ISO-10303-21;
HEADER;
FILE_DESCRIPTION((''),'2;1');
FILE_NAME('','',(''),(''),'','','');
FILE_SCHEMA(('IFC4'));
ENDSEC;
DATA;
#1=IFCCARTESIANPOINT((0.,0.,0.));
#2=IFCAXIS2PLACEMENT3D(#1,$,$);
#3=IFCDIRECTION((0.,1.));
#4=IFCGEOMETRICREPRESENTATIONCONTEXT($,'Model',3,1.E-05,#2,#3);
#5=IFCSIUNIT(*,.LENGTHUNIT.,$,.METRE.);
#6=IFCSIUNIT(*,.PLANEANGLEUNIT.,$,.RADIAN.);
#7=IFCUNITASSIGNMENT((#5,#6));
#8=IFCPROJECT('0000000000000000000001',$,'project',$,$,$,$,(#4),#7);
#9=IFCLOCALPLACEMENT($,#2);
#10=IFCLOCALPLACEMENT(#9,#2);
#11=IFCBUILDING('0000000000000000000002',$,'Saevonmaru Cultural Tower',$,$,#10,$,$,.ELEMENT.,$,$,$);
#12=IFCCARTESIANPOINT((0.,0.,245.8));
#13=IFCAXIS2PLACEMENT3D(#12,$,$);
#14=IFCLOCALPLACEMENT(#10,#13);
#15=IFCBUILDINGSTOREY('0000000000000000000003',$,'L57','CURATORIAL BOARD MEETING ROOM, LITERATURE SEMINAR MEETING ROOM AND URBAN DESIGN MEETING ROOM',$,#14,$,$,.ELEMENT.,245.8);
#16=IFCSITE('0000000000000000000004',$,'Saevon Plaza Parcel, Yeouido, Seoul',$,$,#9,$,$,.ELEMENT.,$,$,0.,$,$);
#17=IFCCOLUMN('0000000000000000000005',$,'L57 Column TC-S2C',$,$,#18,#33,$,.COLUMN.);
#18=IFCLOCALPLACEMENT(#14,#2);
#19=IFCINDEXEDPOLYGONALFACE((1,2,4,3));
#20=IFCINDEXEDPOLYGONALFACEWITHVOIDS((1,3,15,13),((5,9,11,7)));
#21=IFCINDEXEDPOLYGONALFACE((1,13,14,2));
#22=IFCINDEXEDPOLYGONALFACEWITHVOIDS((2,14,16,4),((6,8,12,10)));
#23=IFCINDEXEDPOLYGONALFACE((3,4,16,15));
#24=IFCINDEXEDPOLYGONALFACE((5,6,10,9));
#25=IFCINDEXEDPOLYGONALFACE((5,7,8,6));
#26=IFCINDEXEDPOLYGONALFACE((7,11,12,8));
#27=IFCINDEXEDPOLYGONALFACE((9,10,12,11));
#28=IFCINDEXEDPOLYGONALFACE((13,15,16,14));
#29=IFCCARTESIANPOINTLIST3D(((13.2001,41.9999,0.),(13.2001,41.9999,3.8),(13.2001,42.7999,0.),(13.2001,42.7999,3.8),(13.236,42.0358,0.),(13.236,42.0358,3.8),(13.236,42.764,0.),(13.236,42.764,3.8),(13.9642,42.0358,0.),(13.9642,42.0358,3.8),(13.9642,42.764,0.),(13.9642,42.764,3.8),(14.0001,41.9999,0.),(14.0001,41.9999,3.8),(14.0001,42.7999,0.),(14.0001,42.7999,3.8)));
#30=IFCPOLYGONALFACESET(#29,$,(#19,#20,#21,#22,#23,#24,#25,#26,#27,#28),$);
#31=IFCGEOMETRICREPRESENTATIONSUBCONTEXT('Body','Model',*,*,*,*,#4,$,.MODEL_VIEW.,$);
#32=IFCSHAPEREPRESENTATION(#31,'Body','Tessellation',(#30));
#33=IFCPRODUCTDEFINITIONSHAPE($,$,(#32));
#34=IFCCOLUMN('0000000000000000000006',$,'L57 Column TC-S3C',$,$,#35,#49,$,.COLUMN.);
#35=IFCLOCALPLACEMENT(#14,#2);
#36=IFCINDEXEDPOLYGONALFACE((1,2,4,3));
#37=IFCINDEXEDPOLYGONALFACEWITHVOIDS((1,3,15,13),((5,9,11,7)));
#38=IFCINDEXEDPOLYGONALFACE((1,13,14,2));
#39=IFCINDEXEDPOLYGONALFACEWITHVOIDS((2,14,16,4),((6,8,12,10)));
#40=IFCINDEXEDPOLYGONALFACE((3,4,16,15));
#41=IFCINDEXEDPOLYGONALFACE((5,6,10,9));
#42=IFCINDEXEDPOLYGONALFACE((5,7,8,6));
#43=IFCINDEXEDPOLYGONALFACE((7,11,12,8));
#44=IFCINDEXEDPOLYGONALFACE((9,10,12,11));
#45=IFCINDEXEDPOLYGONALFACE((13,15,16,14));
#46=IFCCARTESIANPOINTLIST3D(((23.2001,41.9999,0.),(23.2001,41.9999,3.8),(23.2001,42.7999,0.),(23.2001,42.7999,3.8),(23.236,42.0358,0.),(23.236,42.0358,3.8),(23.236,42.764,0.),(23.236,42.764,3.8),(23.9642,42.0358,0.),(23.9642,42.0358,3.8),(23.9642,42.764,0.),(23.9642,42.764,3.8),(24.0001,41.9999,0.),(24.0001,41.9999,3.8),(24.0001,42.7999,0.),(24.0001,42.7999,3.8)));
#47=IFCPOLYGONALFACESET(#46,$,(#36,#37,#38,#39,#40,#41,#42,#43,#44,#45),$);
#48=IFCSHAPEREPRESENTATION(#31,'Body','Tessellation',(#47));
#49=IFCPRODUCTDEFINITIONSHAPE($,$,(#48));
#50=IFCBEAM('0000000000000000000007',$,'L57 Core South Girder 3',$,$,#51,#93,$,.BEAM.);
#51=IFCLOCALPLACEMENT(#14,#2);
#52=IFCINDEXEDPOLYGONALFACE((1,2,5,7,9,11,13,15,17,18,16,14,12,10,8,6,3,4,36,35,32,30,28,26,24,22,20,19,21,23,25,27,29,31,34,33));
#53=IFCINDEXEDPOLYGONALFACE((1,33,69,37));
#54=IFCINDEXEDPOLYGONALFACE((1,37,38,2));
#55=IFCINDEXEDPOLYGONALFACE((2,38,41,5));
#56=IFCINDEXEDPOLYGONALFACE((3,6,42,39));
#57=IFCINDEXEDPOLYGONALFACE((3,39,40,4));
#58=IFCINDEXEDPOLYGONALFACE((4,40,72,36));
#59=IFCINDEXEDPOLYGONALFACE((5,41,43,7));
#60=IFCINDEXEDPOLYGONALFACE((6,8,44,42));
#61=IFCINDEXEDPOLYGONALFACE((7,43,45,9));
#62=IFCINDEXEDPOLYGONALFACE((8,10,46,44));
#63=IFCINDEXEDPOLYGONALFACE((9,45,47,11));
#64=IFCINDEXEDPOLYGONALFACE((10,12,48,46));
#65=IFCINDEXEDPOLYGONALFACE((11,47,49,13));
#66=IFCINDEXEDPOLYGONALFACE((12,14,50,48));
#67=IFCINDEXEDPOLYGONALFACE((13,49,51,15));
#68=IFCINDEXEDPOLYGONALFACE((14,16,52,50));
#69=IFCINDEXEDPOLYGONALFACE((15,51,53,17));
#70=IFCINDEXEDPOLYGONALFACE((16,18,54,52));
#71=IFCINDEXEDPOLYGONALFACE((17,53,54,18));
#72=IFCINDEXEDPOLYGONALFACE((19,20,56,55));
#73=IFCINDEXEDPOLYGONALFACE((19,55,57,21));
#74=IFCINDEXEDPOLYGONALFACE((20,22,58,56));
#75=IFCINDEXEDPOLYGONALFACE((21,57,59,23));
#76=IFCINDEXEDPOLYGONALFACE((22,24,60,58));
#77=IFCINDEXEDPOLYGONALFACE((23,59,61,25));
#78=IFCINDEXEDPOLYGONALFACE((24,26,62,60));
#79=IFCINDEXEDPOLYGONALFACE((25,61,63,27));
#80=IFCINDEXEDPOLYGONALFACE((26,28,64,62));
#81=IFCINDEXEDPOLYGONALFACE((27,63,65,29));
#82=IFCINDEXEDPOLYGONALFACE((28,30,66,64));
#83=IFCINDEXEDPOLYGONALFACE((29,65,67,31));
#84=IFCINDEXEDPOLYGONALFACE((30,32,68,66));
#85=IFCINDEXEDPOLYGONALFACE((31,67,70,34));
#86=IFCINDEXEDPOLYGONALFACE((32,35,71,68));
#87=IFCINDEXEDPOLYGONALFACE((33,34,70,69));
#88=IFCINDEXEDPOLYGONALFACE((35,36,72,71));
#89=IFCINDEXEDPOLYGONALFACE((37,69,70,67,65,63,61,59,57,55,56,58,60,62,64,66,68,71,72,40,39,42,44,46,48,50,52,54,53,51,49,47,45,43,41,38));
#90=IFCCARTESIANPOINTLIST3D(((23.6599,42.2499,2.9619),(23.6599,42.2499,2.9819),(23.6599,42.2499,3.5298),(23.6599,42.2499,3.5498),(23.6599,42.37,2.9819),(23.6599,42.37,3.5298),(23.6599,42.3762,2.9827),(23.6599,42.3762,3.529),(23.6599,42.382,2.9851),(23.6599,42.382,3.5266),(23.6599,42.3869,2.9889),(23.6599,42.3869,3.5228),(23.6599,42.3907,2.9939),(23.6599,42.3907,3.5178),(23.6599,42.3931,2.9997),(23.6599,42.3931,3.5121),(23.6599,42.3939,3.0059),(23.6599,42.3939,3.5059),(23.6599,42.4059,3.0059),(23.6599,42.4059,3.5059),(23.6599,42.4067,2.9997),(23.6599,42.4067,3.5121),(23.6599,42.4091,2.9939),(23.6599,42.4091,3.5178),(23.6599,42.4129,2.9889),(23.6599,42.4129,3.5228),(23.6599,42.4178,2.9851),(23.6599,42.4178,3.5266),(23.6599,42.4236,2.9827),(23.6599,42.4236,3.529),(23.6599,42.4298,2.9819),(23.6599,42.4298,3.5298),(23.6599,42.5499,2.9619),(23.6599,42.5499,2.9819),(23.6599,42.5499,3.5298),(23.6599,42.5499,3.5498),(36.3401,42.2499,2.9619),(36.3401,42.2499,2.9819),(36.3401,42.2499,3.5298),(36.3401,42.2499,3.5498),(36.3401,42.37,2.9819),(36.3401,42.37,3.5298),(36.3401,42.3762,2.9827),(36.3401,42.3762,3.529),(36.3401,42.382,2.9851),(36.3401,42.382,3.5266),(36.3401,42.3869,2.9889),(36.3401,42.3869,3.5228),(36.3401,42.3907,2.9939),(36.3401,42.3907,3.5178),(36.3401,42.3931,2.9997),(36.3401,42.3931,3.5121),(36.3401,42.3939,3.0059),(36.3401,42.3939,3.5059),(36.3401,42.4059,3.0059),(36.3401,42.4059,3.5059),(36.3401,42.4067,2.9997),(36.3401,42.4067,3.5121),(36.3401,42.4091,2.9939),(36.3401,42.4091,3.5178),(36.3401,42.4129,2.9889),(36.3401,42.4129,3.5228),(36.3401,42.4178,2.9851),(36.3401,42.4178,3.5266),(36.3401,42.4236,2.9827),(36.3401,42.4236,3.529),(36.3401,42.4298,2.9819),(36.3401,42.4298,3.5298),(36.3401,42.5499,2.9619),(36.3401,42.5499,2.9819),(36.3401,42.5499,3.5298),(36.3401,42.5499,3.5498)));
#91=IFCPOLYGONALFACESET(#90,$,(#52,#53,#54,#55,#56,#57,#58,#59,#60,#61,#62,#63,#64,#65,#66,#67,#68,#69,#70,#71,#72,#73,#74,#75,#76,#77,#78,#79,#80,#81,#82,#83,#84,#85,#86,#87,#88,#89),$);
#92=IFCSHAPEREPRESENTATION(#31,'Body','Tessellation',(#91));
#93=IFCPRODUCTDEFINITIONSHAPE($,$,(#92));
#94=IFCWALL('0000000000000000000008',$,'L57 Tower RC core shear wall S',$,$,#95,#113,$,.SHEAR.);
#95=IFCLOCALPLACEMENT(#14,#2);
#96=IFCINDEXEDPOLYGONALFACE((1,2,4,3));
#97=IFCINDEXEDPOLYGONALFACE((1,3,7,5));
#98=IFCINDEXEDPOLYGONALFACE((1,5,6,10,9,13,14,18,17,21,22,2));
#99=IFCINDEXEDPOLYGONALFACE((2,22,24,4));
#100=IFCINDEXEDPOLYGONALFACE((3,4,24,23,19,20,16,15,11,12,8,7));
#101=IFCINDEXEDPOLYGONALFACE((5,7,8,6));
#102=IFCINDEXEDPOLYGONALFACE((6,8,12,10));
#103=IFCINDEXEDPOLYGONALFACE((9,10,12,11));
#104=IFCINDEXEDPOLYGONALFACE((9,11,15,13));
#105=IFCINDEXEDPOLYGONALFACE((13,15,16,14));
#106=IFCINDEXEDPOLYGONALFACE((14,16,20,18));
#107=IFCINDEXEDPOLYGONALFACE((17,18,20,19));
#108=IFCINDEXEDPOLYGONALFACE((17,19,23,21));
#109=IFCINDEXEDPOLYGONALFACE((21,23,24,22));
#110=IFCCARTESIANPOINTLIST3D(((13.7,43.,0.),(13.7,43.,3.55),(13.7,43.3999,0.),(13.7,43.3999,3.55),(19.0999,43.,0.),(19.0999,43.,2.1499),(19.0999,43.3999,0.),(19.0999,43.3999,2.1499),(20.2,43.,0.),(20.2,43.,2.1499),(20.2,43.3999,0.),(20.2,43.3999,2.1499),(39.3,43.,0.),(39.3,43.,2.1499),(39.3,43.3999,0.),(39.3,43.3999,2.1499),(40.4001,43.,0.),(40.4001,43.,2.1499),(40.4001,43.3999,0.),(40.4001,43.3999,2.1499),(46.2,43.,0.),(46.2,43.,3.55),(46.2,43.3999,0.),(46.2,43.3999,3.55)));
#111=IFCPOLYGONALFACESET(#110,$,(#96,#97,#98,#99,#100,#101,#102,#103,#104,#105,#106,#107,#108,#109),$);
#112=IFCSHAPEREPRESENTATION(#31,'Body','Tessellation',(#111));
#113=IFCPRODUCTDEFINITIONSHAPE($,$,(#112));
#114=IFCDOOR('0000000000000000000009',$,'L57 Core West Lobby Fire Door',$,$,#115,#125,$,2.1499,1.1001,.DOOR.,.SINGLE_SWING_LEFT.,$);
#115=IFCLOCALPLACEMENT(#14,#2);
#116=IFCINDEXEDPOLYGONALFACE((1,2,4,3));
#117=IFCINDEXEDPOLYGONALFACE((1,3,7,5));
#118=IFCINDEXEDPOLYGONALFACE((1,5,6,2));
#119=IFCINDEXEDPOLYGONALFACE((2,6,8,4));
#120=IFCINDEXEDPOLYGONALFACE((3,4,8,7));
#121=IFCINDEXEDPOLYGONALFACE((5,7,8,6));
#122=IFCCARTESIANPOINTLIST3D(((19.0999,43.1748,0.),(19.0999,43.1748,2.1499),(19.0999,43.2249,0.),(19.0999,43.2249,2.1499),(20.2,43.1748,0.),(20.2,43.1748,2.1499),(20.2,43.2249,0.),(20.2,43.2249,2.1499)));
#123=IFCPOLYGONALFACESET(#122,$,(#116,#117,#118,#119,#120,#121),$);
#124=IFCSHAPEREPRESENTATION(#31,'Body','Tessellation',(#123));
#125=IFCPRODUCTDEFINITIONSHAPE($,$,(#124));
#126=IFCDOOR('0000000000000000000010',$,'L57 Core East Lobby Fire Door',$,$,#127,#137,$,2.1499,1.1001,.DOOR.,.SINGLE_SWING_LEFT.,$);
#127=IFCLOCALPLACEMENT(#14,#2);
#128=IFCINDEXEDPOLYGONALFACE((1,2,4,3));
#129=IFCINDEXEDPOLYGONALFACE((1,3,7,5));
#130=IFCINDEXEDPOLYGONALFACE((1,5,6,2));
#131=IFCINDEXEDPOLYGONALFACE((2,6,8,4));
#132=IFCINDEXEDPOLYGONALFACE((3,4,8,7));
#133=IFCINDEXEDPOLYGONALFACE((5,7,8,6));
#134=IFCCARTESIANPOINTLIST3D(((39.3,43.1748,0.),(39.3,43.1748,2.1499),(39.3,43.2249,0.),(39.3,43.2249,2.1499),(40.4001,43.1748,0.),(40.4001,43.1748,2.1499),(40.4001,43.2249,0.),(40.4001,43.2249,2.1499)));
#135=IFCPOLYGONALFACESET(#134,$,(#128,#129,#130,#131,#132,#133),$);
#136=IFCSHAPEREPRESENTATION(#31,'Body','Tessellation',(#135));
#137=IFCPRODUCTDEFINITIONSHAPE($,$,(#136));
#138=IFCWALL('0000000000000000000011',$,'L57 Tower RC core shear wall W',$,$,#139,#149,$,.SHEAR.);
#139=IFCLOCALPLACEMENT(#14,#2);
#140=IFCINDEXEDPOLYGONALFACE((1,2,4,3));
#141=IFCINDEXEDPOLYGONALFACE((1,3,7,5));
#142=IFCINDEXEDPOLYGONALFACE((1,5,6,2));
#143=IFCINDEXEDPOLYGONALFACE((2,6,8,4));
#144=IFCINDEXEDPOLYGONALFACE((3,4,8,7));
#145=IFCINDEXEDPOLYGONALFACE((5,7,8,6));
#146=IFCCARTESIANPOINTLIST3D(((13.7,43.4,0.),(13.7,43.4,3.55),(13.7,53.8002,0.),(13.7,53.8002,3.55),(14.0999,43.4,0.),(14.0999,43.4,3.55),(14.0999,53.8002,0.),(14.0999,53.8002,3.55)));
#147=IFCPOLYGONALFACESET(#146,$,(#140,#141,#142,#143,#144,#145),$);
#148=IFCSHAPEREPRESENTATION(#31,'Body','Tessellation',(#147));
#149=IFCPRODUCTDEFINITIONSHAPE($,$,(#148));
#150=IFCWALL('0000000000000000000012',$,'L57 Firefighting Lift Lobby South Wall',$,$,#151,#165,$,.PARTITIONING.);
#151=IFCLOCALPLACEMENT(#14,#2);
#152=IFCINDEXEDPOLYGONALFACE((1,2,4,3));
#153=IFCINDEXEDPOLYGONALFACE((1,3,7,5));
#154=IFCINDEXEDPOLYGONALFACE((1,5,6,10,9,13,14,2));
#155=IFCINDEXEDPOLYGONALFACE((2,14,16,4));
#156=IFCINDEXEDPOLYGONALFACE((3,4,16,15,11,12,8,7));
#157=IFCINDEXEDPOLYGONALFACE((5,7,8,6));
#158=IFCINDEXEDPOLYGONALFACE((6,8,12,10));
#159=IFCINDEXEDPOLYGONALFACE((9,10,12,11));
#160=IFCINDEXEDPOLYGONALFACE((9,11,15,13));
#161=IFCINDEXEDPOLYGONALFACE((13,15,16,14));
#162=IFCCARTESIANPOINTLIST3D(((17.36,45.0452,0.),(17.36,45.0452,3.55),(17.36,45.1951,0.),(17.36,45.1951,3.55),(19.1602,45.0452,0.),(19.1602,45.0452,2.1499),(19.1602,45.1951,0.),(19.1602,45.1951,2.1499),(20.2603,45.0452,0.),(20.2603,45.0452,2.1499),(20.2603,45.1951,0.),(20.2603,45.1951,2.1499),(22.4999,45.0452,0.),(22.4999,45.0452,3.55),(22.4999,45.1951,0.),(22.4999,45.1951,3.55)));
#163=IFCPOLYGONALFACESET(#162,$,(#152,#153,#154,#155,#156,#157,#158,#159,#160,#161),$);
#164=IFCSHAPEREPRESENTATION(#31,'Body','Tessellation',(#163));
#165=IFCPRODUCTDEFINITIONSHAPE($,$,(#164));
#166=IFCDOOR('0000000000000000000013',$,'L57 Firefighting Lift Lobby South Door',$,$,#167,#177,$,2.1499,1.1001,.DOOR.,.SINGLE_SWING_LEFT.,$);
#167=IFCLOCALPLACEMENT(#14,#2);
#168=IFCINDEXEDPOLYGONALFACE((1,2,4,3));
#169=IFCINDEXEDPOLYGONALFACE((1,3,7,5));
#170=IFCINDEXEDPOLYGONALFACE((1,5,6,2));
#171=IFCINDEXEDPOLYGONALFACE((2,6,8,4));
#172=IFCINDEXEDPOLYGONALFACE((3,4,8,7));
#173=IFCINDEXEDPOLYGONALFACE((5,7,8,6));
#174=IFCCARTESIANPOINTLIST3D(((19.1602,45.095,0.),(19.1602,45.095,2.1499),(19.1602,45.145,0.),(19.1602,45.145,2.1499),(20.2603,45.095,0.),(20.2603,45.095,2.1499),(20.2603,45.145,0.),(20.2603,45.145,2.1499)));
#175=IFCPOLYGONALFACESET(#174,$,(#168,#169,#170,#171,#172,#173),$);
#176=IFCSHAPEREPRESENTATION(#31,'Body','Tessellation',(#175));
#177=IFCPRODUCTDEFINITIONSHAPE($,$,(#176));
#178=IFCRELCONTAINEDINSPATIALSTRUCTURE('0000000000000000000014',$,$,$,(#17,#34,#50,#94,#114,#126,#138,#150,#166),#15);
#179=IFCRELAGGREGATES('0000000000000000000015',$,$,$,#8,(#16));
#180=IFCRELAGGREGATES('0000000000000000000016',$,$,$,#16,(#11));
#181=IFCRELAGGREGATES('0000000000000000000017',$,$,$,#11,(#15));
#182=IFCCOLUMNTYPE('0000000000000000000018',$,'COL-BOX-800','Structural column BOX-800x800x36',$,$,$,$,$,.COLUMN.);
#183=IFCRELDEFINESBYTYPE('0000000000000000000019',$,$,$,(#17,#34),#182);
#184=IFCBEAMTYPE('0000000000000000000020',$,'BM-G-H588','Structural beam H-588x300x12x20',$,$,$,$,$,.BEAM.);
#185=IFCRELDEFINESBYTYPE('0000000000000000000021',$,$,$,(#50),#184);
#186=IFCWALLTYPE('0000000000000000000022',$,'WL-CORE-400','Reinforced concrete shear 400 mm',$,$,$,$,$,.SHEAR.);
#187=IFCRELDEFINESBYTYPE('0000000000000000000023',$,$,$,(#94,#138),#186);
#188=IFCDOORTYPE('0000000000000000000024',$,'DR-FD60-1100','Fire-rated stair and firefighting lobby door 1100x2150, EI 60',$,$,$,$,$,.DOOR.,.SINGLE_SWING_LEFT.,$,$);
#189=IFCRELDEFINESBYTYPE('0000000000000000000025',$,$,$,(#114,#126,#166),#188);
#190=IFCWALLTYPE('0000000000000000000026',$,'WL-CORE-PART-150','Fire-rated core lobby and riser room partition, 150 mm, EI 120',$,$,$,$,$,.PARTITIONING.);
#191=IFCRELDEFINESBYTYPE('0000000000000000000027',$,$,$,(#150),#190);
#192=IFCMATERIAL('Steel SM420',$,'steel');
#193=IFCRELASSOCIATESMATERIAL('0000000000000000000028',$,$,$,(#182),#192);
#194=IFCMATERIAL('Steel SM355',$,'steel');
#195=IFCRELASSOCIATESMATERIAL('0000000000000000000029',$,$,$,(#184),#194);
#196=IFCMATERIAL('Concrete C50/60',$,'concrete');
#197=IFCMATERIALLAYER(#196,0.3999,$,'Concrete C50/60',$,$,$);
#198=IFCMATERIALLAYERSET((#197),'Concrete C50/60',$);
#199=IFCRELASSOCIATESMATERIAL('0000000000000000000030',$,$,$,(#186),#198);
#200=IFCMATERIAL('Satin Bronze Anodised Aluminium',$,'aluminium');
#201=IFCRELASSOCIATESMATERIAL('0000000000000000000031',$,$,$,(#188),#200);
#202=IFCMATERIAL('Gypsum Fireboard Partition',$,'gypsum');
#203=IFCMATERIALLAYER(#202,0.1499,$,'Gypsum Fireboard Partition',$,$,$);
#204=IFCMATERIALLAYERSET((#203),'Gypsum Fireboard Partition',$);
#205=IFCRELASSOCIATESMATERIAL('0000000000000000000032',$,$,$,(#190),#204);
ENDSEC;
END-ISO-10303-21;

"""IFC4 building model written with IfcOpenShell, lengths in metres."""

from ifc_helpers import new_model, si_unit, direction, frame, frame_2d, origin, origin_2d, place, context, subcontext, project, spatial, rectangle, hollow_rectangle, i_section, extrude, material, layer, layer_set, material_profile, profile_set, type_object, element, fill, save


model = new_model("IFC4")

# Units and contexts
model_context = context("Model", 3, precision=1e-05, world=origin(), true_north=direction((0.0, 1.0)))
body_context = subcontext(model_context, "Body", "Model", "MODEL_VIEW")
ifc_project = project(units=[si_unit("LENGTHUNIT", "METRE"), si_unit("PLANEANGLEUNIT", "RADIAN")], contexts=[model_context])

# Site, building, storey
site_placement = place(None, origin())
site = spatial("IfcSite", under=ifc_project, at=site_placement, Name="Saevon Plaza Parcel, Yeouido, Seoul", CompositionType="ELEMENT", RefElevation=0.0)
building_placement = place(site_placement, origin())
building = spatial("IfcBuilding", under=site, at=building_placement, Name="Saevonmaru Cultural Tower", CompositionType="ELEMENT")
storey_placement = place(building_placement, frame((0.0, 0.0, 245.8)))
storey = spatial("IfcBuildingStorey", under=building, at=storey_placement, Name="L57", Description="CURATORIAL BOARD MEETING ROOM, LITERATURE SEMINAR MEETING ROOM AND URBAN DESIGN MEETING ROOM", CompositionType="ELEMENT", Elevation=245.8)

# Columns
ifc_material_1 = material(Name="Steel SM420", Category="steel")
ifc_material_profile_1 = material_profile(ifc_material_1, hollow_rectangle(XDim=0.8, YDim=0.8, WallThickness=0.0359, at=origin_2d()), Name="BOX-800x800x36")
ifc_profile_set_1 = profile_set([ifc_material_profile_1], Name="Steel SM420")
column_type = type_object("IfcColumnType", Name="COL-BOX-800", Description="Structural column BOX-800x800x36", PredefinedType="COLUMN", material=ifc_profile_set_1)
for number, where, z_axis, x_axis, name in (
    (1, (13.6001, 42.3999, 0.0), (0.0, 0.0, 1.0), (1.0, 0.0, 0.0), "L57 Column TC-S2C"),
    (2, (23.6001, 42.3999, 0.0), (0.0, 0.0, 1.0), (1.0, 0.0, 0.0), "L57 Column TC-S3C"),
):
    element("IfcColumn", number, at=place(storey_placement, frame(where, z_axis=z_axis, x_axis=x_axis)), inside=storey, type_object=column_type, Name=name, PredefinedType="COLUMN", context=body_context, shape_type="SweptSolid", body=[
        extrude(hollow_rectangle(XDim=0.8, YDim=0.8, WallThickness=0.0359, at=origin_2d()), origin(), (0.0, 0.0, 1.0), 3.8),
    ])

# Beam
ifc_material_2 = material(Name="Steel SM355", Category="steel")
ifc_material_profile_2 = material_profile(ifc_material_2, i_section(OverallWidth=0.3, OverallDepth=0.5879, WebThickness=0.012, FlangeThickness=0.02, FilletRadius=0.0239, at=origin_2d()), Name="H-588x300x12x20")
ifc_profile_set_2 = profile_set([ifc_material_profile_2], Name="Steel SM355")
beam_type = type_object("IfcBeamType", Name="BM-G-H588", Description="Structural beam H-588x300x12x20", PredefinedType="BEAM", material=ifc_profile_set_2)
beam_placement = place(storey_placement, frame((23.6599, 42.3999, 3.2559), z_axis=(1.0, 0.0, 0.0), x_axis=(0.0, 1.0, 0.0)))
element("IfcBeam", 3, at=beam_placement, inside=storey, type_object=beam_type, Name="L57 Core South Girder 3", PredefinedType="BEAM", context=body_context, shape_type="SweptSolid", body=[
    extrude(i_section(OverallWidth=0.3, OverallDepth=0.5879, WebThickness=0.012, FlangeThickness=0.02, FilletRadius=0.0239, at=origin_2d()), origin(), (0.0, 0.0, 1.0), 12.6802),
])

# Wall, openings, doors
ifc_material_3 = material(Name="Concrete C50/60", Category="concrete")
ifc_layer_1 = layer(ifc_material_3, 0.3999, Name="Concrete C50/60")
ifc_layer_set_1 = layer_set([ifc_layer_1], Name="Concrete C50/60")
wall_type_1 = type_object("IfcWallType", Name="WL-CORE-400", Description="Reinforced concrete shear 400 mm", PredefinedType="SHEAR", material=ifc_layer_set_1)
wall_1_placement = place(storey_placement, frame((13.7, 43.2, 0.0), z_axis=(0.0, 0.0, 1.0), x_axis=(1.0, 0.0, 0.0)))
wall_1 = element("IfcWall", 4, at=wall_1_placement, inside=storey, type_object=wall_type_1, Name="L57 Tower RC core shear wall S", PredefinedType="SHEAR", context=body_context, shape_type="SweptSolid", body=[
    extrude(rectangle(XDim=32.5, YDim=0.3999, at=frame_2d((16.25, 0.0))), origin(), (0.0, 0.0, 1.0), 3.55),
])
opening_1_placement = place(wall_1_placement, frame((5.3999, 0.0, 0.0)))
opening_1 = element("IfcOpeningElement", 5, at=opening_1_placement, cuts=wall_1, PredefinedType="OPENING", context=body_context, shape_type="SweptSolid", body=[
    extrude(rectangle(XDim=1.1001, YDim=2.1499, at=frame_2d((0.55, 1.075))), frame((0.0, 0.21, 0.0), z_axis=(0.0, -1.0, 0.0), x_axis=(1.0, 0.0, 0.0)), (0.0, 0.0, 1.0), 0.4199),
])
opening_2_placement = place(wall_1_placement, frame((25.6001, 0.0, 0.0)))
opening_2 = element("IfcOpeningElement", 6, at=opening_2_placement, cuts=wall_1, PredefinedType="OPENING", context=body_context, shape_type="SweptSolid", body=[
    extrude(rectangle(XDim=1.1001, YDim=2.1499, at=frame_2d((0.55, 1.075))), frame((0.0, 0.21, 0.0), z_axis=(0.0, -1.0, 0.0), x_axis=(1.0, 0.0, 0.0)), (0.0, 0.0, 1.0), 0.4199),
])
ifc_material_4 = material(Name="Satin Bronze Anodised Aluminium", Category="aluminium")
door_type_1 = type_object("IfcDoorType", Name="DR-FD60-1100", Description="Fire-rated stair and firefighting lobby door 1100x2150, EI 60", OperationType="SINGLE_SWING_LEFT", PredefinedType="DOOR", material=ifc_material_4)
door_1_placement = place(opening_1_placement, origin())
door_1 = element("IfcDoor", 7, at=door_1_placement, inside=storey, type_object=door_type_1, Name="L57 Core West Lobby Fire Door", OperationType="SINGLE_SWING_LEFT", OverallHeight=2.1499, OverallWidth=1.1001, PredefinedType="DOOR", context=body_context, shape_type="SweptSolid", body=[
    extrude(rectangle(XDim=1.1001, YDim=2.1499, at=frame_2d((0.55, 1.075))), frame((0.0, 0.0249, 0.0), z_axis=(0.0, -1.0, 0.0), x_axis=(1.0, 0.0, 0.0)), (0.0, 0.0, 1.0), 0.05),
])
fill(opening_1, door_1)
door_2_placement = place(opening_2_placement, origin())
door_2 = element("IfcDoor", 8, at=door_2_placement, inside=storey, type_object=door_type_1, Name="L57 Core East Lobby Fire Door", OperationType="SINGLE_SWING_LEFT", OverallHeight=2.1499, OverallWidth=1.1001, PredefinedType="DOOR", context=body_context, shape_type="SweptSolid", body=[
    extrude(rectangle(XDim=1.1001, YDim=2.1499, at=frame_2d((0.55, 1.075))), frame((0.0, 0.0249, 0.0), z_axis=(0.0, -1.0, 0.0), x_axis=(1.0, 0.0, 0.0)), (0.0, 0.0, 1.0), 0.05),
])
fill(opening_2, door_2)

# Wall
wall_2_placement = place(storey_placement, frame((13.8999, 43.3999, 0.0), z_axis=(0.0, 0.0, 1.0), x_axis=(0.0, 1.0, 0.0)))
element("IfcWall", 9, at=wall_2_placement, inside=storey, type_object=wall_type_1, Name="L57 Tower RC core shear wall W", PredefinedType="SHEAR", context=body_context, shape_type="SweptSolid", body=[
    extrude(rectangle(XDim=10.4001, YDim=0.3999, at=frame_2d((5.2002, 0.0))), origin(), (0.0, 0.0, 1.0), 3.55),
])

# Wall, opening, door
ifc_material_5 = material(Name="Gypsum Fireboard Partition", Category="gypsum")
ifc_layer_2 = layer(ifc_material_5, 0.1499, Name="Gypsum Fireboard Partition")
ifc_layer_set_2 = layer_set([ifc_layer_2], Name="Gypsum Fireboard Partition")
wall_type_2 = type_object("IfcWallType", Name="WL-CORE-PART-150", Description="Fire-rated core lobby and riser room partition, 150 mm, EI 120", PredefinedType="PARTITIONING", material=ifc_layer_set_2)
wall_3_placement = place(storey_placement, frame((17.3601, 45.1201, 0.0), z_axis=(0.0, 0.0, 1.0), x_axis=(1.0, 0.0, 0.0)))
wall_3 = element("IfcWall", 10, at=wall_3_placement, inside=storey, type_object=wall_type_2, Name="L57 Firefighting Lift Lobby South Wall", PredefinedType="PARTITIONING", context=body_context, shape_type="SweptSolid", body=[
    extrude(rectangle(XDim=5.1399, YDim=0.1499, at=frame_2d((2.5698, 0.0))), origin(), (0.0, 0.0, 1.0), 3.55),
])
opening_3_placement = place(wall_3_placement, frame((1.8, 0.0, 0.0)))
opening_3 = element("IfcOpeningElement", 11, at=opening_3_placement, cuts=wall_3, PredefinedType="OPENING", context=body_context, shape_type="SweptSolid", body=[
    extrude(rectangle(XDim=1.1001, YDim=2.1499, at=frame_2d((0.55, 1.075))), frame((0.0, 0.085, 0.0), z_axis=(0.0, -1.0, 0.0), x_axis=(1.0, 0.0, 0.0)), (0.0, 0.0, 1.0), 0.1699),
])
door_3_placement = place(opening_3_placement, origin())
door_3 = element("IfcDoor", 12, at=door_3_placement, inside=storey, type_object=door_type_1, Name="L57 Firefighting Lift Lobby South Door", OperationType="SINGLE_SWING_LEFT", OverallHeight=2.1499, OverallWidth=1.1001, PredefinedType="DOOR", context=body_context, shape_type="SweptSolid", body=[
    extrude(rectangle(XDim=1.1001, YDim=2.1499, at=frame_2d((0.55, 1.075))), frame((0.0, 0.0249, 0.0), z_axis=(0.0, -1.0, 0.0), x_axis=(1.0, 0.0, 0.0)), (0.0, 0.0, 1.0), 0.05),
])
fill(opening_3, door_3)

save(model, "model.ifc")
